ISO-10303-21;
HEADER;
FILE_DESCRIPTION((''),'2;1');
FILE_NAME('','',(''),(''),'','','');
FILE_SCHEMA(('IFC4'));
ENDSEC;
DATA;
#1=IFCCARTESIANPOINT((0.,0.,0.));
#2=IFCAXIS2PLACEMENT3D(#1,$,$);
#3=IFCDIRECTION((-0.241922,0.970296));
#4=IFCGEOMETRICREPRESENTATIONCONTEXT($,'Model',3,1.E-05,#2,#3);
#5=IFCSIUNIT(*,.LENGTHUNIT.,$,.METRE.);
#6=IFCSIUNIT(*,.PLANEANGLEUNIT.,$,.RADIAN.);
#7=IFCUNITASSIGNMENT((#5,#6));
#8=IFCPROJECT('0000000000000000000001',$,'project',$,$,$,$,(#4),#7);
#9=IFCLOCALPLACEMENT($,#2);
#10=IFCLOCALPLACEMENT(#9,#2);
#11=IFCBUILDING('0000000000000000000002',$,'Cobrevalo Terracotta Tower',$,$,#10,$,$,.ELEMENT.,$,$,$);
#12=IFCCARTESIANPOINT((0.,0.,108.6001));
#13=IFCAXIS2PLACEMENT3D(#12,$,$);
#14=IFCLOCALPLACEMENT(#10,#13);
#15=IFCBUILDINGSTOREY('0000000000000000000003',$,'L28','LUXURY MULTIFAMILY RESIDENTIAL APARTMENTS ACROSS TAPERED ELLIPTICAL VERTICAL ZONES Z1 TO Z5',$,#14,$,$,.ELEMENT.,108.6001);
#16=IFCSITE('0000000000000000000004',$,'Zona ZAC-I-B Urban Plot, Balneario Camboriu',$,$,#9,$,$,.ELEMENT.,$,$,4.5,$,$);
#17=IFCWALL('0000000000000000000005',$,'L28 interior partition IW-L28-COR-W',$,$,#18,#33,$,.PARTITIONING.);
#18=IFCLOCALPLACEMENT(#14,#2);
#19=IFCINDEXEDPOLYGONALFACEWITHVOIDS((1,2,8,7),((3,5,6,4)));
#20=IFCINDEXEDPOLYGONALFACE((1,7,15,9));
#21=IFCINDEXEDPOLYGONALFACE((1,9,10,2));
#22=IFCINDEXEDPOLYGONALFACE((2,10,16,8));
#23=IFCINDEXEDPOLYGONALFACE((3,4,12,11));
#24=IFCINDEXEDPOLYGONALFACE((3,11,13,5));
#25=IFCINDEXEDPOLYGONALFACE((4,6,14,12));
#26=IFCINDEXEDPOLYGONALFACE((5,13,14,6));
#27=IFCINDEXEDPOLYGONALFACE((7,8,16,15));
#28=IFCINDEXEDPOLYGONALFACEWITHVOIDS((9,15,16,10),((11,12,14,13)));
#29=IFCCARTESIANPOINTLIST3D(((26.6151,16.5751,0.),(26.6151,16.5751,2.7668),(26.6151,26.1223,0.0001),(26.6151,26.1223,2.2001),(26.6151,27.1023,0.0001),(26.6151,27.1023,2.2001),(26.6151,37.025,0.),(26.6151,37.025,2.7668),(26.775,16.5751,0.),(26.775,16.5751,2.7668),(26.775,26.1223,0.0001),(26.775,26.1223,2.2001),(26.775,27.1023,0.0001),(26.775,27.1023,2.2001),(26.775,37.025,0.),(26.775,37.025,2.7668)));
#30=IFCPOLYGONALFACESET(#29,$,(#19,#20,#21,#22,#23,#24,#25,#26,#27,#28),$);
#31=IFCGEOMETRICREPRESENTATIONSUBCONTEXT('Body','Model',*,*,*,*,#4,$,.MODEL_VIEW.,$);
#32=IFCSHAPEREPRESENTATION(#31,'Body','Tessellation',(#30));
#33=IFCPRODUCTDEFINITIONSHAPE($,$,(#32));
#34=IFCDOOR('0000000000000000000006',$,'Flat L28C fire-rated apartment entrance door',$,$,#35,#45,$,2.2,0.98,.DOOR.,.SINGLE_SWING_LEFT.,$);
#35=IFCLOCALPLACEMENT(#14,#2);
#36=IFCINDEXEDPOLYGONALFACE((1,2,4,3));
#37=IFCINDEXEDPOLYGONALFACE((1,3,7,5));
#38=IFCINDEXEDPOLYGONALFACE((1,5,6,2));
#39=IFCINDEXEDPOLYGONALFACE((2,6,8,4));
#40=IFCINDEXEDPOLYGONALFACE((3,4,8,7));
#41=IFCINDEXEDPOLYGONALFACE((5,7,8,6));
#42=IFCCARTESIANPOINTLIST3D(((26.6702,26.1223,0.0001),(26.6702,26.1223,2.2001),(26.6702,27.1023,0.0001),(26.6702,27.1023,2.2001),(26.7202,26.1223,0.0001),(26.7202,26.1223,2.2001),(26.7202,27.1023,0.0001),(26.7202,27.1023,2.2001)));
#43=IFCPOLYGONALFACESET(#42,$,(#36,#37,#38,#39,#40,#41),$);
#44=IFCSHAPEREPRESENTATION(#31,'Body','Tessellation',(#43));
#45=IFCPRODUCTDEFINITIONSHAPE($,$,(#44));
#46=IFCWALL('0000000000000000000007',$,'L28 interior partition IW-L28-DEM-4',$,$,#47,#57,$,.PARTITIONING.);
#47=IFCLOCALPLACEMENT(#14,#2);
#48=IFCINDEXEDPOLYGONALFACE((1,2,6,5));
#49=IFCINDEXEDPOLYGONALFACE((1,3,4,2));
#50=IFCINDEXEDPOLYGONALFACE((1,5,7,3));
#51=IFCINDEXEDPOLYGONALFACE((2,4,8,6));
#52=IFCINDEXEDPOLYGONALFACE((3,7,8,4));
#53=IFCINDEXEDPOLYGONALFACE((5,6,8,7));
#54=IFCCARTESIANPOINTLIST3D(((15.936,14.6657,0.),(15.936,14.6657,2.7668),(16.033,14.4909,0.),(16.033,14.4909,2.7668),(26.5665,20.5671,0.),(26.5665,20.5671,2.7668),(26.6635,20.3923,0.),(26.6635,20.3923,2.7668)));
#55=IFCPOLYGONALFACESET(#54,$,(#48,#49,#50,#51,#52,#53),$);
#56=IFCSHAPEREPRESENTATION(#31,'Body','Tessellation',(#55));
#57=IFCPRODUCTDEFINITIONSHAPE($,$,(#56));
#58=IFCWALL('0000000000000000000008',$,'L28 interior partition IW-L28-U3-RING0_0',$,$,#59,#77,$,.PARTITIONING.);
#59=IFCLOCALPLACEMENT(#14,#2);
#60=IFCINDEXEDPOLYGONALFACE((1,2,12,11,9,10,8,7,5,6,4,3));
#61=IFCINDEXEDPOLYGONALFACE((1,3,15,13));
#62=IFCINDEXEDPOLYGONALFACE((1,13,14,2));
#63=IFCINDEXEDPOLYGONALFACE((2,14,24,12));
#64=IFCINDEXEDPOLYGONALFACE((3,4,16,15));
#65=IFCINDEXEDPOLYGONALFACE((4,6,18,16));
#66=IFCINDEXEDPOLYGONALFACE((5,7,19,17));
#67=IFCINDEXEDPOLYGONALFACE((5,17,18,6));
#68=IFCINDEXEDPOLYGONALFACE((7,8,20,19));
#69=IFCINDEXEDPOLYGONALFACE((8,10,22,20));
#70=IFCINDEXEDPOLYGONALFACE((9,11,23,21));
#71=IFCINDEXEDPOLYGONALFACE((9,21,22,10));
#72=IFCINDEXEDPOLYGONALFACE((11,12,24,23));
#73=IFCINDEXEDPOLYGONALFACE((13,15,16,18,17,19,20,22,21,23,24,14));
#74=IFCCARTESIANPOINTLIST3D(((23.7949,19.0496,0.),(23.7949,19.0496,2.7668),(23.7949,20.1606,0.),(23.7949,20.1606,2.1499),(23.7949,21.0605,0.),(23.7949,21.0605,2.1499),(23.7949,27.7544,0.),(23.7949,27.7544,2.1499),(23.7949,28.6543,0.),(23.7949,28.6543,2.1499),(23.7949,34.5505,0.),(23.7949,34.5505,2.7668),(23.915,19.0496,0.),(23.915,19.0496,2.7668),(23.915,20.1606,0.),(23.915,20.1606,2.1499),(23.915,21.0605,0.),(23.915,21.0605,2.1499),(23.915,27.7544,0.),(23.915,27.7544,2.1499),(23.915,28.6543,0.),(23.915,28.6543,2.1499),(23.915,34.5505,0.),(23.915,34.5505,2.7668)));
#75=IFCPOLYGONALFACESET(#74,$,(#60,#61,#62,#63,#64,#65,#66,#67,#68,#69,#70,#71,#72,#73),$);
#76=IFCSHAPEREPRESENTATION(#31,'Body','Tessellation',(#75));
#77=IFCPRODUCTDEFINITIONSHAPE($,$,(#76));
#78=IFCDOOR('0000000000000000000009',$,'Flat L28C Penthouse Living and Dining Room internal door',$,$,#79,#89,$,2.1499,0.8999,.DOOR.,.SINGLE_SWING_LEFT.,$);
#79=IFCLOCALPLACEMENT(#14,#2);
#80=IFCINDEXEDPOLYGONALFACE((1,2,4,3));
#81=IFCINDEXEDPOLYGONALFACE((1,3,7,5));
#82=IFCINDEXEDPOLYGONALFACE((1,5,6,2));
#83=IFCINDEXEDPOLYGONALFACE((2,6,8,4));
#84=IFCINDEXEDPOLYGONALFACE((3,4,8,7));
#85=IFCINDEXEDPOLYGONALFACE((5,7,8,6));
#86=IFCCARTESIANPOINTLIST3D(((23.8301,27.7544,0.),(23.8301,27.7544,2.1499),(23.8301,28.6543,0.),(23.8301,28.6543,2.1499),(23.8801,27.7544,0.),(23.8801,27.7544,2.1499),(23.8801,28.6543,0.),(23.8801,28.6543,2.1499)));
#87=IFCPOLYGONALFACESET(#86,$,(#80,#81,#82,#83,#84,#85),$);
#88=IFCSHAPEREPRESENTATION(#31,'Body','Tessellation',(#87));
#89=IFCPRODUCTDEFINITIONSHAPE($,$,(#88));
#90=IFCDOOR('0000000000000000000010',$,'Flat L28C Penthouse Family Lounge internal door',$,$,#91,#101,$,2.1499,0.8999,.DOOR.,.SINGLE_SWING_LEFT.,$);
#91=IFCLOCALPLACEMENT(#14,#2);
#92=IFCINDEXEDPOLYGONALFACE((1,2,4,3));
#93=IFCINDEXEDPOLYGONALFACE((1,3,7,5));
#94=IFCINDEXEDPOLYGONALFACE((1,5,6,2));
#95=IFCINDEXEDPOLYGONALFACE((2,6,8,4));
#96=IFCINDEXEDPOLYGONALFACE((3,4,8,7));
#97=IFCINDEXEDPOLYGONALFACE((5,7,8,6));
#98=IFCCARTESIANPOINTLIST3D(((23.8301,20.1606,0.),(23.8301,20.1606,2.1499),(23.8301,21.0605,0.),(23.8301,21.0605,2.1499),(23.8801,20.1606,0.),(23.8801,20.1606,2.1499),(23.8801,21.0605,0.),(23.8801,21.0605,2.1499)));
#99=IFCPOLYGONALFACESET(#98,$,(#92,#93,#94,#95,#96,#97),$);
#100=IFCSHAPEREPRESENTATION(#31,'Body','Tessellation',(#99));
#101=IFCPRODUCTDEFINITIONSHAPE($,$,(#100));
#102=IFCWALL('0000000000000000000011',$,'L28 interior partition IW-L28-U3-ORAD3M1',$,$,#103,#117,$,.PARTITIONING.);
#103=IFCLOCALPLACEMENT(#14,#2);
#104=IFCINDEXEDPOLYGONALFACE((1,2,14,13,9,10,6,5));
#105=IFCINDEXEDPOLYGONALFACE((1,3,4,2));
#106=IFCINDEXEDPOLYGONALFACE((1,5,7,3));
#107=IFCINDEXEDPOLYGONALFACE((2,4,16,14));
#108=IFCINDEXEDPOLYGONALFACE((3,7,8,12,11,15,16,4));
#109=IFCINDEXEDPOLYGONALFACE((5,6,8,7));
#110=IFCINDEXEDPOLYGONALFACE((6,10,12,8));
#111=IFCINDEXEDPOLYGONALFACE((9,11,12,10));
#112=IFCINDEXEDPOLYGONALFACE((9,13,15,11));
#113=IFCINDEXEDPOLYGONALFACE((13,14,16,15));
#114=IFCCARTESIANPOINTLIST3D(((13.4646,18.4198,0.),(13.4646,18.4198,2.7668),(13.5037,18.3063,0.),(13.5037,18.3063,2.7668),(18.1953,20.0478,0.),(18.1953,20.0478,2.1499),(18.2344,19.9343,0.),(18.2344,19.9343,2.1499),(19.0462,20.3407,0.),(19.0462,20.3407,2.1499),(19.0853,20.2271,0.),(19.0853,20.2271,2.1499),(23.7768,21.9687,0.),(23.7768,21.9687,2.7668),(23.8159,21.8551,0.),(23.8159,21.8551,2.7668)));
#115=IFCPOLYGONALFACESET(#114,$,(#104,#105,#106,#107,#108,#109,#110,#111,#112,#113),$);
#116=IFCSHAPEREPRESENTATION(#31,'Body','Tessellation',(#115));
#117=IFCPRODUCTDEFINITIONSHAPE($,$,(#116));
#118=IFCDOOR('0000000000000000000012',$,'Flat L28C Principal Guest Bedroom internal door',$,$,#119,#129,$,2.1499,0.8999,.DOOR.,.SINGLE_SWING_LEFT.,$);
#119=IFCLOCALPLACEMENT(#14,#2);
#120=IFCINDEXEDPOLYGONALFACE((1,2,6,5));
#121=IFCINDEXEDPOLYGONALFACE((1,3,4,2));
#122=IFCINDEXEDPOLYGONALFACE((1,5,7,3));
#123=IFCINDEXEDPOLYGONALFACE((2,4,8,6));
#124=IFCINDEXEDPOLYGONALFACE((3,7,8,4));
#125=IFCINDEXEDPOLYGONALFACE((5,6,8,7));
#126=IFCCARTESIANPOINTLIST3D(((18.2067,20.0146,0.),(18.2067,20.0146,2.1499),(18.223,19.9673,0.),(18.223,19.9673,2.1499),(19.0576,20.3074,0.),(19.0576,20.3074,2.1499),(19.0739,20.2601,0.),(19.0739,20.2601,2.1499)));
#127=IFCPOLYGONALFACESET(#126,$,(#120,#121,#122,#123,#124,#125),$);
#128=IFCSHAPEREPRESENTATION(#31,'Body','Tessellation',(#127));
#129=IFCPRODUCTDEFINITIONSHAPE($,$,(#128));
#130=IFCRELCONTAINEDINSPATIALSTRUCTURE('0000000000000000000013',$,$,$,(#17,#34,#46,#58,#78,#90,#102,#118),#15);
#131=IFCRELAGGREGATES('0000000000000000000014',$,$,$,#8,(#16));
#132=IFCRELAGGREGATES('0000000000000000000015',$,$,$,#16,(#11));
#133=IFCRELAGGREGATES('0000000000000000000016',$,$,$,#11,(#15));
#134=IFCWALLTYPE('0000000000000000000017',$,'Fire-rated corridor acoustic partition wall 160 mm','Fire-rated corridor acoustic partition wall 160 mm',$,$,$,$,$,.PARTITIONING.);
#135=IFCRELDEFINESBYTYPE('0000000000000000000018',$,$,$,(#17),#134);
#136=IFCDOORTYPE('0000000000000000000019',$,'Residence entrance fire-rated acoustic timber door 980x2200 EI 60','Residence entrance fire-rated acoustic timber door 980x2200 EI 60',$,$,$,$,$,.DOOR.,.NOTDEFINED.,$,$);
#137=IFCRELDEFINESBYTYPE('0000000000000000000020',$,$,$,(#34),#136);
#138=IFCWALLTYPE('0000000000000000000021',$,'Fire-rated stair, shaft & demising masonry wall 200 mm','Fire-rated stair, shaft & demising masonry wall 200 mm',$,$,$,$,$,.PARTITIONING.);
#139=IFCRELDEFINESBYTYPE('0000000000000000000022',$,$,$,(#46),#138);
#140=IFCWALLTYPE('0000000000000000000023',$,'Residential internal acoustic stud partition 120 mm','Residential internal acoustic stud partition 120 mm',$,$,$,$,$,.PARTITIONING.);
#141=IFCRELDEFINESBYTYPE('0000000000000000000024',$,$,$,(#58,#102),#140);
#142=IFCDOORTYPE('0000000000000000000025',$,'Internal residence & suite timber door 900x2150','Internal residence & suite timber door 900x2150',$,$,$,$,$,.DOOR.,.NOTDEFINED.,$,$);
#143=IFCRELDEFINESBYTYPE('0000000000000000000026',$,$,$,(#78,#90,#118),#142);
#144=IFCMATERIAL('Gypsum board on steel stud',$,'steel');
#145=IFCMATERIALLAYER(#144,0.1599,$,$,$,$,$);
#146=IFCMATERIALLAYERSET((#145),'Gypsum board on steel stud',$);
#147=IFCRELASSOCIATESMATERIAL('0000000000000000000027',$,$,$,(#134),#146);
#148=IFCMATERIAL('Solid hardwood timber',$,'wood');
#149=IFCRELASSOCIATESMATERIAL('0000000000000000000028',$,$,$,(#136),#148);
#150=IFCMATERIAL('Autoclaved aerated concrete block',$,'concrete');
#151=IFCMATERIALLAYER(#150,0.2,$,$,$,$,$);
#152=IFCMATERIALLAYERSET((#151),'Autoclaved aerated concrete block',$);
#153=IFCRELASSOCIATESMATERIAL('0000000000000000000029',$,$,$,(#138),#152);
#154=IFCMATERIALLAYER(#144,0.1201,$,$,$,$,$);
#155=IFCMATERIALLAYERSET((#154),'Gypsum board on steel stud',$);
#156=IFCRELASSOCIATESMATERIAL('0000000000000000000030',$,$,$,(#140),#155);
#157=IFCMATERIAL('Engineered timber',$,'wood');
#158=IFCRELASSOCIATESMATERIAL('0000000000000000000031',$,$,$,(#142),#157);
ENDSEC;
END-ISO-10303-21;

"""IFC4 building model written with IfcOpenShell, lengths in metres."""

from ifc_helpers import new_model, si_unit, direction, frame, frame_2d, origin, place, context, subcontext, project, spatial, rectangle, extrude, source, transform, mapped, material, layer, layer_set, type_object, element, fill, save


model = new_model("IFC4")

# Units and contexts
model_context = context("Model", 3, precision=1e-05, world=origin(), true_north=direction((-0.241922, 0.970296)))
body_context = subcontext(model_context, "Body", "Model", "MODEL_VIEW")
ifc_project = project(units=[si_unit("LENGTHUNIT", "METRE"), si_unit("PLANEANGLEUNIT", "RADIAN")], contexts=[model_context])

# Site, building, storey
site_placement = place(None, origin())
site = spatial("IfcSite", under=ifc_project, at=site_placement, Name="Zona ZAC-I-B Urban Plot, Balneario Camboriu", CompositionType="ELEMENT", RefElevation=4.5)
building_placement = place(site_placement, origin())
building = spatial("IfcBuilding", under=site, at=building_placement, Name="Cobrevalo Terracotta Tower", CompositionType="ELEMENT")
storey_placement = place(building_placement, frame((0.0, 0.0, 108.6001)))
storey = spatial("IfcBuildingStorey", under=building, at=storey_placement, Name="L28", Description="LUXURY MULTIFAMILY RESIDENTIAL APARTMENTS ACROSS TAPERED ELLIPTICAL VERTICAL ZONES Z1 TO Z5", CompositionType="ELEMENT", Elevation=108.6001)

# Wall, opening, door
ifc_material_1 = material(Name="Gypsum board on steel stud", Category="steel")
ifc_layer_1 = layer(ifc_material_1, 0.1599)
ifc_layer_set_1 = layer_set([ifc_layer_1], Name="Gypsum board on steel stud")
wall_type_1 = type_object("IfcWallType", Name="Fire-rated corridor acoustic partition wall 160 mm", Description="Fire-rated corridor acoustic partition wall 160 mm", PredefinedType="PARTITIONING", material=ifc_layer_set_1)
wall_1_placement = place(storey_placement, frame((26.6951, 16.575, 0.0), z_axis=(0.0, 0.0, 1.0), x_axis=(0.0, 1.0, 0.0)))
wall_1 = element("IfcWall", 1, at=wall_1_placement, inside=storey, type_object=wall_type_1, Name="L28 interior partition IW-L28-COR-W", PredefinedType="PARTITIONING", context=body_context, shape_type="SweptSolid", body=[
    extrude(rectangle(XDim=20.45, YDim=0.1599, at=frame_2d((10.2251, 0.0))), origin(), (0.0, 0.0, 1.0), 2.7668),
])
opening_1_placement = place(wall_1_placement, frame((9.5474, 0.0, 0.0)))
opening_1 = element("IfcOpeningElement", 2, at=opening_1_placement, cuts=wall_1, PredefinedType="OPENING", context=body_context, shape_type="SweptSolid", body=[
    extrude(rectangle(XDim=0.98, YDim=2.2, at=frame_2d((0.49, 1.1001))), frame((0.0, 0.0898, 0.0), z_axis=(0.0, -1.0, 0.0), x_axis=(1.0, 0.0, 0.0)), (0.0, 0.0, 1.0), 0.1799),
])
ifc_material_2 = material(Name="Solid hardwood timber", Category="wood")
door_type_1 = type_object("IfcDoorType", Name="Residence entrance fire-rated acoustic timber door 980x2200 EI 60", Description="Residence entrance fire-rated acoustic timber door 980x2200 EI 60", OperationType="NOTDEFINED", PredefinedType="DOOR", material=ifc_material_2)
shared_shape_1 = source(origin(), body_context, "Body", "SweptSolid", [
    extrude(rectangle(XDim=0.98, YDim=2.2, at=frame_2d((0.49, 1.1001))), frame((0.0, 0.0249, 0.0), z_axis=(0.0, -1.0, 0.0), x_axis=(1.0, 0.0, 0.0)), (0.0, 0.0, 1.0), 0.05),
])
door_1_placement = place(opening_1_placement, origin())
door_1 = element("IfcDoor", 3, at=door_1_placement, inside=storey, type_object=door_type_1, Name="Flat L28C fire-rated apartment entrance door", OperationType="SINGLE_SWING_LEFT", OverallHeight=2.2, OverallWidth=0.98, PredefinedType="DOOR", context=body_context, shape_type="MappedRepresentation", body=[
    mapped(shared_shape_1, transform((0.0, 0.0, 0.0), scale=1.0)),
])
fill(opening_1, door_1)

# Wall
ifc_material_3 = material(Name="Autoclaved aerated concrete block", Category="concrete")
ifc_layer_2 = layer(ifc_material_3, 0.2)
ifc_layer_set_2 = layer_set([ifc_layer_2], Name="Autoclaved aerated concrete block")
wall_type_2 = type_object("IfcWallType", Name="Fire-rated stair, shaft & demising masonry wall 200 mm", Description="Fire-rated stair, shaft & demising masonry wall 200 mm", PredefinedType="PARTITIONING", material=ifc_layer_set_2)
wall_2_placement = place(storey_placement, frame((26.615, 20.4797, 0.0), z_axis=(0.0, 0.0, 1.0), x_axis=(-0.874311, -0.485367, 0.0)))
element("IfcWall", 4, at=wall_2_placement, inside=storey, type_object=wall_type_2, Name="L28 interior partition IW-L28-DEM-4", PredefinedType="PARTITIONING", context=body_context, shape_type="SweptSolid", body=[
    extrude(rectangle(XDim=12.1587, YDim=0.2, at=frame_2d((6.0793, 0.0))), origin(), (0.0, 0.0, 1.0), 2.7668),
])

# Wall, openings, doors
ifc_layer_3 = layer(ifc_material_1, 0.1201)
ifc_layer_set_3 = layer_set([ifc_layer_3], Name="Gypsum board on steel stud")
wall_type_3 = type_object("IfcWallType", Name="Residential internal acoustic stud partition 120 mm", Description="Residential internal acoustic stud partition 120 mm", PredefinedType="PARTITIONING", material=ifc_layer_set_3)
wall_3_placement = place(storey_placement, frame((23.855, 19.0496, 0.0), z_axis=(0.0, 0.0, 1.0), x_axis=(0.0, 1.0, 0.0)))
wall_3 = element("IfcWall", 5, at=wall_3_placement, inside=storey, type_object=wall_type_3, Name="L28 interior partition IW-L28-U3-RING0_0", PredefinedType="PARTITIONING", context=body_context, shape_type="SweptSolid", body=[
    extrude(rectangle(XDim=15.501, YDim=0.1201, at=frame_2d((7.7505, 0.0))), origin(), (0.0, 0.0, 1.0), 2.7668),
])
opening_2_placement = place(wall_3_placement, frame((8.7048, 0.0, 0.0)))
opening_2 = element("IfcOpeningElement", 6, at=opening_2_placement, cuts=wall_3, PredefinedType="OPENING", context=body_context, shape_type="SweptSolid", body=[
    extrude(rectangle(XDim=0.8999, YDim=2.1499, at=frame_2d((0.45, 1.075))), frame((0.0, 0.0701, 0.0), z_axis=(0.0, -1.0, 0.0), x_axis=(1.0, 0.0, 0.0)), (0.0, 0.0, 1.0), 0.1401),
])
opening_3_placement = place(wall_3_placement, frame((1.1111, 0.0, 0.0)))
opening_3 = element("IfcOpeningElement", 7, at=opening_3_placement, cuts=wall_3, PredefinedType="OPENING", context=body_context, shape_type="SweptSolid", body=[
    extrude(rectangle(XDim=0.8999, YDim=2.1499, at=frame_2d((0.45, 1.075))), frame((0.0, 0.0701, 0.0), z_axis=(0.0, -1.0, 0.0), x_axis=(1.0, 0.0, 0.0)), (0.0, 0.0, 1.0), 0.1401),
])
ifc_material_4 = material(Name="Engineered timber", Category="wood")
door_type_2 = type_object("IfcDoorType", Name="Internal residence & suite timber door 900x2150", Description="Internal residence & suite timber door 900x2150", OperationType="NOTDEFINED", PredefinedType="DOOR", material=ifc_material_4)
shared_shape_2 = source(origin(), body_context, "Body", "SweptSolid", [
    extrude(rectangle(XDim=0.8999, YDim=2.1499, at=frame_2d((0.45, 1.075))), frame((0.0, 0.0249, 0.0), z_axis=(0.0, -1.0, 0.0), x_axis=(1.0, 0.0, 0.0)), (0.0, 0.0, 1.0), 0.05),
])
door_2_placement = place(opening_2_placement, origin())
door_2 = element("IfcDoor", 8, at=door_2_placement, inside=storey, type_object=door_type_2, Name="Flat L28C Penthouse Living and Dining Room internal door", OperationType="SINGLE_SWING_LEFT", OverallHeight=2.1499, OverallWidth=0.8999, PredefinedType="DOOR", context=body_context, shape_type="MappedRepresentation", body=[
    mapped(shared_shape_2, transform((0.0, 0.0, 0.0), scale=1.0)),
])
fill(opening_2, door_2)
door_3_placement = place(opening_3_placement, origin())
door_3 = element("IfcDoor", 9, at=door_3_placement, inside=storey, type_object=door_type_2, Name="Flat L28C Penthouse Family Lounge internal door", OperationType="SINGLE_SWING_LEFT", OverallHeight=2.1499, OverallWidth=0.8999, PredefinedType="DOOR", context=body_context, shape_type="MappedRepresentation", body=[
    mapped(shared_shape_2, transform((0.0, 0.0, 0.0), scale=1.0)),
])
fill(opening_3, door_3)

# Wall, opening, door
wall_4_placement = place(storey_placement, frame((23.7964, 21.9119, 0.0), z_axis=(0.0, 0.0, 1.0), x_axis=(-0.945574, -0.325407, 0.0)))
wall_4 = element("IfcWall", 10, at=wall_4_placement, inside=storey, type_object=wall_type_3, Name="L28 interior partition IW-L28-U3-ORAD3M1", PredefinedType="PARTITIONING", context=body_context, shape_type="SweptSolid", body=[
    extrude(rectangle(XDim=10.9058, YDim=0.1201, at=frame_2d((5.4529, 0.0))), origin(), (0.0, 0.0, 1.0), 2.7668),
])
opening_4_placement = place(wall_4_placement, frame((5.0029, 0.0, 0.0)))
opening_4 = element("IfcOpeningElement", 11, at=opening_4_placement, cuts=wall_4, PredefinedType="OPENING", context=body_context, shape_type="SweptSolid", body=[
    extrude(rectangle(XDim=0.8999, YDim=2.1499, at=frame_2d((0.45, 1.075))), frame((0.0, 0.0701, 0.0), z_axis=(0.0, -1.0, 0.0), x_axis=(1.0, 0.0, 0.0)), (0.0, 0.0, 1.0), 0.1401),
])
door_4_placement = place(opening_4_placement, frame((0.8999, 0.0, 0.0), z_axis=(0.0, 0.0, 1.0), x_axis=(-1.0, 0.0, 0.0)))
door_4 = element("IfcDoor", 12, at=door_4_placement, inside=storey, type_object=door_type_2, Name="Flat L28C Principal Guest Bedroom internal door", OperationType="SINGLE_SWING_LEFT", OverallHeight=2.1499, OverallWidth=0.8999, PredefinedType="DOOR", context=body_context, shape_type="MappedRepresentation", body=[
    mapped(shared_shape_2, transform((0.0, 0.0, 0.0), scale=1.0)),
])
fill(opening_4, door_4)

save(model, "model.ifc")
